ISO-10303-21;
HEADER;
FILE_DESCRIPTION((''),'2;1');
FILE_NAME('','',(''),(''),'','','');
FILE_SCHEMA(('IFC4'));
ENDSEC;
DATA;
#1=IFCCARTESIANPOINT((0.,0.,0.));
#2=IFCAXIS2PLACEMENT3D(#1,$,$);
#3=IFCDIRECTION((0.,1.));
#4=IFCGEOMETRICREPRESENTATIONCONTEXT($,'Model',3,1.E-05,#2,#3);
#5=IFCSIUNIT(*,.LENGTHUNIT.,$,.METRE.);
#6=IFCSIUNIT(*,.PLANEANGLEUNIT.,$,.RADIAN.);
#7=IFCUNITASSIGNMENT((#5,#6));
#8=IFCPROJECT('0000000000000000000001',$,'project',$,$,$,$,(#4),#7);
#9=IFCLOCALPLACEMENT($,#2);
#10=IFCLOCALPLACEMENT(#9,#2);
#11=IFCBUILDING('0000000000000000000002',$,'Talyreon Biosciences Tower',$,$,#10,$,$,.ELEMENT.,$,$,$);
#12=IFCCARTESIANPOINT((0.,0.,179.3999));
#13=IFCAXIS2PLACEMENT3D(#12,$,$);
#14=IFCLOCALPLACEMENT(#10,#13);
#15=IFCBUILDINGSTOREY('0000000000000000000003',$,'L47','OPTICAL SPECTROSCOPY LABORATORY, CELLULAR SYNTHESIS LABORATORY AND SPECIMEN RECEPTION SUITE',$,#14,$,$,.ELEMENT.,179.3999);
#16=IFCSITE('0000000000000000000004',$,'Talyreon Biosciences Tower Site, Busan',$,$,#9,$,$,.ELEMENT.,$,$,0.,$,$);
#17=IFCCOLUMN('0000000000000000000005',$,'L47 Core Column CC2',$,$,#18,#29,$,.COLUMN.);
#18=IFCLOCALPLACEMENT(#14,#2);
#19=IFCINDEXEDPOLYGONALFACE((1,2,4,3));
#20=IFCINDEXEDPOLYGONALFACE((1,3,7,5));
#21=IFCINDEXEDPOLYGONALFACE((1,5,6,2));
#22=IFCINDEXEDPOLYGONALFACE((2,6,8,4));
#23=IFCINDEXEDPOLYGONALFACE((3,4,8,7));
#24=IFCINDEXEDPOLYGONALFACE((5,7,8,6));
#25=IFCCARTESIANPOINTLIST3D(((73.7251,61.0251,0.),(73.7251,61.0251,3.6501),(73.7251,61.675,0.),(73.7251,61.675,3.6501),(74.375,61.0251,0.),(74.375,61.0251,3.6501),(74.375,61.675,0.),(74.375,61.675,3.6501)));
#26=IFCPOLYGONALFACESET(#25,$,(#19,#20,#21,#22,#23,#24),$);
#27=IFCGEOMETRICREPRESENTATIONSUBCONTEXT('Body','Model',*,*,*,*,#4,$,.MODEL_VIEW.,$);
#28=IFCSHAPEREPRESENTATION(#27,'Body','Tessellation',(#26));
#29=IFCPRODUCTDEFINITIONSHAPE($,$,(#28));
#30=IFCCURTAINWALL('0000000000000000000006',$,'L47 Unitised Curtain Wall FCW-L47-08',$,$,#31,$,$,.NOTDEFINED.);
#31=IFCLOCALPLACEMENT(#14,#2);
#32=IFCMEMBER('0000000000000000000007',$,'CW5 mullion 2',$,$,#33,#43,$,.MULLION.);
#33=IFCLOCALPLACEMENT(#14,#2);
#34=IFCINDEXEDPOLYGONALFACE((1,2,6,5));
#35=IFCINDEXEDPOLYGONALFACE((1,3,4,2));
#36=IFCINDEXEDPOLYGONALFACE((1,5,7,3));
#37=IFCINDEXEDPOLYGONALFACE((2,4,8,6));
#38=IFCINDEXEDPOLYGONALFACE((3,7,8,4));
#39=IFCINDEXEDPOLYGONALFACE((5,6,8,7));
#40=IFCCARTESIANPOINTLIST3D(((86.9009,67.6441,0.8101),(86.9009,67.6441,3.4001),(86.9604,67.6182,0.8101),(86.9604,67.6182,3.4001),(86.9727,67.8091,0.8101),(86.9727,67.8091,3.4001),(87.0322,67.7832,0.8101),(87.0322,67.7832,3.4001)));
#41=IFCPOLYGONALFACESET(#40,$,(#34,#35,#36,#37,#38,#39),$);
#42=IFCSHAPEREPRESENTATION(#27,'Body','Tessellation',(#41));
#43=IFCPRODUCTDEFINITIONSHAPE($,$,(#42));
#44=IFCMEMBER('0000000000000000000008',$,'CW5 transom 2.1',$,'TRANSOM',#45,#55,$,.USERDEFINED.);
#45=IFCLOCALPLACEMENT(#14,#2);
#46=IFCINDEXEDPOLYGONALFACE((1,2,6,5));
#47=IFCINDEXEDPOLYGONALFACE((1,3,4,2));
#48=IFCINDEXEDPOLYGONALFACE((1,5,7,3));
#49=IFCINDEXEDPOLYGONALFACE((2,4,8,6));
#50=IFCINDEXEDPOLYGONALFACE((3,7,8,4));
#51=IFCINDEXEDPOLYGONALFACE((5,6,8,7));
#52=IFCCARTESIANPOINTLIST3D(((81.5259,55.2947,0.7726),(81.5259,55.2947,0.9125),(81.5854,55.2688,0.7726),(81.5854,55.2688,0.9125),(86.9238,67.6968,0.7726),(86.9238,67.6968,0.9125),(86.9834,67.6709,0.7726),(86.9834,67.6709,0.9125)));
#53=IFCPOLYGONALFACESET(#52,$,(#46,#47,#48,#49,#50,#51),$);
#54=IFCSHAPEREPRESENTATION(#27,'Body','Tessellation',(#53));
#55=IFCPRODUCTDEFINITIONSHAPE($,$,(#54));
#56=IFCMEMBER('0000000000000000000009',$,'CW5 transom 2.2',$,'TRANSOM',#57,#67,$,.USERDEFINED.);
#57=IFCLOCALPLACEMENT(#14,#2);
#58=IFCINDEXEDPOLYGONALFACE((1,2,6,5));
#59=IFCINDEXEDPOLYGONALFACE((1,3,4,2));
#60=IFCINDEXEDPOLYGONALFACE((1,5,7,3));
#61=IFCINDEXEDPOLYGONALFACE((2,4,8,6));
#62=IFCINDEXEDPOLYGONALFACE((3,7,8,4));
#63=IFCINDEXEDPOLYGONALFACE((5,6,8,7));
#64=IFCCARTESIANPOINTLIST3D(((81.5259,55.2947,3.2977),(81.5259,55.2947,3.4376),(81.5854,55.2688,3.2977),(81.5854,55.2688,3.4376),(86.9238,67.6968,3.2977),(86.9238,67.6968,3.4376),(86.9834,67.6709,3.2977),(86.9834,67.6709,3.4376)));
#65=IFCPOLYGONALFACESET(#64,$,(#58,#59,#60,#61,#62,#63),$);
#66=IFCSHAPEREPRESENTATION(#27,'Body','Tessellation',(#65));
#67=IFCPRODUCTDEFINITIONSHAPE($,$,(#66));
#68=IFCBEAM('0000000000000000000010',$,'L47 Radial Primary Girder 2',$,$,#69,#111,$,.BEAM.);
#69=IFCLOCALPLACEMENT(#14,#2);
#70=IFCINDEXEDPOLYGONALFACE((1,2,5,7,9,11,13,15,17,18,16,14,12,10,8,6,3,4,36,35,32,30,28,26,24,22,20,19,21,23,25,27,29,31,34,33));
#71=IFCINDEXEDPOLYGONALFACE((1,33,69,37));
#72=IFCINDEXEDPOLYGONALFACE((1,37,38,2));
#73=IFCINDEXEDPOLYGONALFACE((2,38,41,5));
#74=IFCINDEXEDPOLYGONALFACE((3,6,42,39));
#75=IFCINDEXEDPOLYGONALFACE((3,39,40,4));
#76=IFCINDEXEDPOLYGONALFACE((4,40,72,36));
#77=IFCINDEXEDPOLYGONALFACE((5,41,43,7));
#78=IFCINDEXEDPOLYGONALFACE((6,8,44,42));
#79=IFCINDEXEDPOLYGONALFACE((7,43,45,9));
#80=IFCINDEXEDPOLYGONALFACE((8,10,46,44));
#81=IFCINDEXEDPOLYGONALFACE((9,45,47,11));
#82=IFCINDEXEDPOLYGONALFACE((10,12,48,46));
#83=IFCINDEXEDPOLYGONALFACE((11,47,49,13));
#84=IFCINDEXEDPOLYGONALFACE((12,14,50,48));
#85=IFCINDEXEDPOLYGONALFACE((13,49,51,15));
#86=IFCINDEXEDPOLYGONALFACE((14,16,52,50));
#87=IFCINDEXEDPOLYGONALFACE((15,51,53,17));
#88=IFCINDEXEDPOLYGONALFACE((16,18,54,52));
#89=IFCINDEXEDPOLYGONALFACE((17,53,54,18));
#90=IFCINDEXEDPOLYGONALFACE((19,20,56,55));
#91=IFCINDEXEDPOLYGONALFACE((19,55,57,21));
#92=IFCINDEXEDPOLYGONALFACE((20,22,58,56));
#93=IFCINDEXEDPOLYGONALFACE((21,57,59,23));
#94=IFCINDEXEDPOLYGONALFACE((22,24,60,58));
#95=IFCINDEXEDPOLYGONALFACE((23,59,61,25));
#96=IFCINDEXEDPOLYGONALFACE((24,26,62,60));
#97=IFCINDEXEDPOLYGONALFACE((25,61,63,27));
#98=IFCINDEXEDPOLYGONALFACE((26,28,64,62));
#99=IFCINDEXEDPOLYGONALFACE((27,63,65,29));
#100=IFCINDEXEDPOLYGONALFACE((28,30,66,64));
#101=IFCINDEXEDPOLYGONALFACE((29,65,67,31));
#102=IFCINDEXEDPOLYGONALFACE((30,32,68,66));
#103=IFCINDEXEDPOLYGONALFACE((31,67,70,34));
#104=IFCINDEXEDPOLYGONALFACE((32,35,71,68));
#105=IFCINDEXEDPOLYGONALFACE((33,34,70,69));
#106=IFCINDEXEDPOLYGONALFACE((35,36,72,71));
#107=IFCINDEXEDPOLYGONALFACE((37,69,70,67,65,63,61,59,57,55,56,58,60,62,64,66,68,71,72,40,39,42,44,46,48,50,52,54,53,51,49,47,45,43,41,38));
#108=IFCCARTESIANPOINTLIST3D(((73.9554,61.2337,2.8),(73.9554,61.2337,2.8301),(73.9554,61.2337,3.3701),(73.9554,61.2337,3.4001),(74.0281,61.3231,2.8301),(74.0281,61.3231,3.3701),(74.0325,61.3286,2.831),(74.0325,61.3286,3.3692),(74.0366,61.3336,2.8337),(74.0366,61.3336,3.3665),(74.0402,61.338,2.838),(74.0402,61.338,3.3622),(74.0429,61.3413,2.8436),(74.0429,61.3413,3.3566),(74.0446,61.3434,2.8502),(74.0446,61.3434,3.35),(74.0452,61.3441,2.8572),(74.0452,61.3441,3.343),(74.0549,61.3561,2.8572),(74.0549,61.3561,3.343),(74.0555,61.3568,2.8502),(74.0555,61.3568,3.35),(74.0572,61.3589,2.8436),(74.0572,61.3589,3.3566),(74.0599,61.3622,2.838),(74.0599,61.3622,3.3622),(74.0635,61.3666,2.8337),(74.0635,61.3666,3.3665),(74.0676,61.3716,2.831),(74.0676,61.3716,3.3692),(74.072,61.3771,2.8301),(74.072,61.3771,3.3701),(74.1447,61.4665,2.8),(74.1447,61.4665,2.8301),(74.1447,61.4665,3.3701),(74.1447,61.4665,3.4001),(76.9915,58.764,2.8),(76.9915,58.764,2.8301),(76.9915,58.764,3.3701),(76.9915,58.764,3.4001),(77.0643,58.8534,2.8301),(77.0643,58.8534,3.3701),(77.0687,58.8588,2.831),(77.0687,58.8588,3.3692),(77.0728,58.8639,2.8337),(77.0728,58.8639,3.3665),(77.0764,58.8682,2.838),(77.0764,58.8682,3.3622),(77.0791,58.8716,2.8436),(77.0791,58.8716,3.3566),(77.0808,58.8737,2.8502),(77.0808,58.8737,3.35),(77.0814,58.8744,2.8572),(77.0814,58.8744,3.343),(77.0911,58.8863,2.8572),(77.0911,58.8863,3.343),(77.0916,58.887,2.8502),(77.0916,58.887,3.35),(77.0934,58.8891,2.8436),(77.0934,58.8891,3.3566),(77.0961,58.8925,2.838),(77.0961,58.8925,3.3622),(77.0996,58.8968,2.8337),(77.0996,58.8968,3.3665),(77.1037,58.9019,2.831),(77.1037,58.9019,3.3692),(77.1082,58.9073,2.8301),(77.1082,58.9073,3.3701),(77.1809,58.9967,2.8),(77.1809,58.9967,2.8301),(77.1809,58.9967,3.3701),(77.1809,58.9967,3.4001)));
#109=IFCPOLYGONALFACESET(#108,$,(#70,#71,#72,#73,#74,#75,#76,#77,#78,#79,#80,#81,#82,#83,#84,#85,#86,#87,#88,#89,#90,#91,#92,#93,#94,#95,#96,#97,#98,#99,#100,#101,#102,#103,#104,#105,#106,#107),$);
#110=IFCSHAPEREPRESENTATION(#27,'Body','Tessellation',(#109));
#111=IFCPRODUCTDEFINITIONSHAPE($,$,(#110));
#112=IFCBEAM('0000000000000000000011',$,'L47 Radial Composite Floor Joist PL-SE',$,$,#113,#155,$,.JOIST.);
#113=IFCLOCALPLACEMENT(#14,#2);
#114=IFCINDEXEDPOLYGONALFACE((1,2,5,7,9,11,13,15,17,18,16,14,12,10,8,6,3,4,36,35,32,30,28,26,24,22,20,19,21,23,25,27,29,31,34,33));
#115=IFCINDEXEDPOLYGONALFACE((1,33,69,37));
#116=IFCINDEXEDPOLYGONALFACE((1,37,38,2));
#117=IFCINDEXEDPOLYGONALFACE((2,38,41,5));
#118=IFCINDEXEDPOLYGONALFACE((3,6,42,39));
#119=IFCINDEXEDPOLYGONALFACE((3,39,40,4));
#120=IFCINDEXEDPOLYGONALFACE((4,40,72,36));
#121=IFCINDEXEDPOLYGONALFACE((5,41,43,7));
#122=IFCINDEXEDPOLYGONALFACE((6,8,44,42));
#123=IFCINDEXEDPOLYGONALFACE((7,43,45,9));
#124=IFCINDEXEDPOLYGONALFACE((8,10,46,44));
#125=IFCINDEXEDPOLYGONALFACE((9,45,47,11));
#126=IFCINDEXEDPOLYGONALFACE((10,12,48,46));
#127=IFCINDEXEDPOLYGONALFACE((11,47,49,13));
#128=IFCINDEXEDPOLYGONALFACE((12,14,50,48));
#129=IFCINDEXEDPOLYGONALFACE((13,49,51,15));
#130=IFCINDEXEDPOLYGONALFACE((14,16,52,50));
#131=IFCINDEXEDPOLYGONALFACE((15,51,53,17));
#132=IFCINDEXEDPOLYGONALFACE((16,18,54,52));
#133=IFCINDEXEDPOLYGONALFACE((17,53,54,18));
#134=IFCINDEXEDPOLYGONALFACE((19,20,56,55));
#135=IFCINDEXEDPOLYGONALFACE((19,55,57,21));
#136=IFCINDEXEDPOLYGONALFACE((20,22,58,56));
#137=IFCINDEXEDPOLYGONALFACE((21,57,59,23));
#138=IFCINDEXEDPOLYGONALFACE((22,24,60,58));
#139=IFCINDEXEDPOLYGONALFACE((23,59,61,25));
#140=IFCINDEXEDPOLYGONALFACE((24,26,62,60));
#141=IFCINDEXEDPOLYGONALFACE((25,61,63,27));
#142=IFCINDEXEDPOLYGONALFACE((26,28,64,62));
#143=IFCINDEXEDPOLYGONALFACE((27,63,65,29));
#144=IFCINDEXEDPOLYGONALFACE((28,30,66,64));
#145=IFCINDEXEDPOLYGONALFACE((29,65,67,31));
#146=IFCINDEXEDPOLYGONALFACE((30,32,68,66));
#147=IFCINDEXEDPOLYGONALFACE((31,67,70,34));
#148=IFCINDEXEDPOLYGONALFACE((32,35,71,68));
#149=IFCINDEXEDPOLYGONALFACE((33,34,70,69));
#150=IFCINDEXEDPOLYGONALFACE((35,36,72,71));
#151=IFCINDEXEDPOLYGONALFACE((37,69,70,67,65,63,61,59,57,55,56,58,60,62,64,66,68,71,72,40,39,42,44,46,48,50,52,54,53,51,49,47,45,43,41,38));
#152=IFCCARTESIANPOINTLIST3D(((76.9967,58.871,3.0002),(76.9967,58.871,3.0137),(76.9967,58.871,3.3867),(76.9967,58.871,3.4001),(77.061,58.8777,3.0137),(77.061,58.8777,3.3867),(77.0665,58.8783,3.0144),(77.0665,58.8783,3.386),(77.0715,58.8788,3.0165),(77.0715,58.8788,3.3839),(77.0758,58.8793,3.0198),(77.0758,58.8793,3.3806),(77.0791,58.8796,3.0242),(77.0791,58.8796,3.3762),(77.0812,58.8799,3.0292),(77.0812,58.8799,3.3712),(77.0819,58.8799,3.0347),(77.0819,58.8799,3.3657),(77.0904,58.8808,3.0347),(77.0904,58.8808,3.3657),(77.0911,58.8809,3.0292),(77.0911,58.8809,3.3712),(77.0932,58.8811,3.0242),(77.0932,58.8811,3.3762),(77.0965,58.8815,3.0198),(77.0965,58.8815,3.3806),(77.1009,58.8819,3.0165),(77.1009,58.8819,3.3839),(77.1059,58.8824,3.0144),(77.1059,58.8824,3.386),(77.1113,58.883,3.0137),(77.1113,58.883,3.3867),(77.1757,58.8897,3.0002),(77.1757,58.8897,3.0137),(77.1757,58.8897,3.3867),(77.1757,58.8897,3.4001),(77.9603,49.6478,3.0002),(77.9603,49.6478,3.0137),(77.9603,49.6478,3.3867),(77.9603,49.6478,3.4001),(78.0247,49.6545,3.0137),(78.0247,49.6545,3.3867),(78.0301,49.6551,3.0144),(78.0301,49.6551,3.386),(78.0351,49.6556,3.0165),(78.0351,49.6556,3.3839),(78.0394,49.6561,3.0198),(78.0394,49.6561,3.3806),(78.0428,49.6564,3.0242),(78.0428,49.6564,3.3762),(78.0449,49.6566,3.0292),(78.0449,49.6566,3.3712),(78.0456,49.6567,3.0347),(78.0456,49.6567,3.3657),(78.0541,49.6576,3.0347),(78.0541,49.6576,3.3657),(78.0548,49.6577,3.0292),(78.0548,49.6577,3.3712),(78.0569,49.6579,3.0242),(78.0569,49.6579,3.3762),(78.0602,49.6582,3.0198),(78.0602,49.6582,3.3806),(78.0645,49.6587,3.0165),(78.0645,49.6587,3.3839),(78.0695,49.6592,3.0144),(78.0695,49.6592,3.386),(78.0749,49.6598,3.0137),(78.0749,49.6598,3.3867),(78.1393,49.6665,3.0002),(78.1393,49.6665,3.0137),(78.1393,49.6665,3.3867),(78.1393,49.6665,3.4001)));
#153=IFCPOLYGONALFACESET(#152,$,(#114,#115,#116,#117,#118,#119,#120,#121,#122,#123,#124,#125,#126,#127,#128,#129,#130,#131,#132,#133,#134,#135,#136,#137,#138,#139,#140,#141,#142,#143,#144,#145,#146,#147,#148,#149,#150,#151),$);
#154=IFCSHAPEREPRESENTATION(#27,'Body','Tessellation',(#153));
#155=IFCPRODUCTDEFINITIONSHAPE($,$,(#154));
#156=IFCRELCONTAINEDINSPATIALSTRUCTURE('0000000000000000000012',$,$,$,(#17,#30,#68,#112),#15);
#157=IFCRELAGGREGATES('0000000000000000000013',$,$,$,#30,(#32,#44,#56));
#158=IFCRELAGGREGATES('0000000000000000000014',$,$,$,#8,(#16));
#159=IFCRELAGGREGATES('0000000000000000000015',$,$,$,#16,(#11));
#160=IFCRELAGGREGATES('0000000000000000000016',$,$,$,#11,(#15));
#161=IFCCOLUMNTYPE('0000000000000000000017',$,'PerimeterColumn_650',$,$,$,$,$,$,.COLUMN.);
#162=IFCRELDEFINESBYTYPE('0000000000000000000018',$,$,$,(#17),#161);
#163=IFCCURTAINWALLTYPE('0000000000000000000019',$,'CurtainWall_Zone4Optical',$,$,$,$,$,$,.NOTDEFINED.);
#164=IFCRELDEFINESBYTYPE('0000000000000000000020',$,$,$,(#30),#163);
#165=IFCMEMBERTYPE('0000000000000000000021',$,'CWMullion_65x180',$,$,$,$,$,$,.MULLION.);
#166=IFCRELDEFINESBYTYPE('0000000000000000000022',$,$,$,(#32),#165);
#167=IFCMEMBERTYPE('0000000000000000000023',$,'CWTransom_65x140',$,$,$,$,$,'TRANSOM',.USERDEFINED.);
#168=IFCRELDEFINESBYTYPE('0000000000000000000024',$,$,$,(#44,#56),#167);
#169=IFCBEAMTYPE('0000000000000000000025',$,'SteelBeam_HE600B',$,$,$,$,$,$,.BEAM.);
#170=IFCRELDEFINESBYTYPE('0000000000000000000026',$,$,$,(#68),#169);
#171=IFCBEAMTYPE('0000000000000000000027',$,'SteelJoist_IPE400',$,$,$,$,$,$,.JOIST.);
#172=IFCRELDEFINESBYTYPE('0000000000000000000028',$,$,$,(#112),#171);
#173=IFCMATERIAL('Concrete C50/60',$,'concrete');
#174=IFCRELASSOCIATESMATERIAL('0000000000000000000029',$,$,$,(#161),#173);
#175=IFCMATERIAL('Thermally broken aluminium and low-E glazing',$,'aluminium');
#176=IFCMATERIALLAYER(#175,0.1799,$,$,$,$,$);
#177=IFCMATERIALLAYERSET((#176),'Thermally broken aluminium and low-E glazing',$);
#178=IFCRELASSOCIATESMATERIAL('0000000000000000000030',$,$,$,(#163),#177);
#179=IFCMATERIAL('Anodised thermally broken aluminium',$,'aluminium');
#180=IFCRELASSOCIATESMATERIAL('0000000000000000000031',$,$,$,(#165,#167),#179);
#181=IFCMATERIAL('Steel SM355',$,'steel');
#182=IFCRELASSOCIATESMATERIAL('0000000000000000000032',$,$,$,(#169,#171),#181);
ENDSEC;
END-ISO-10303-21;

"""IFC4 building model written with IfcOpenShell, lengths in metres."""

from ifc_helpers import new_model, si_unit, direction, frame, origin, origin_2d, place, context, subcontext, project, spatial, rectangle, i_section, extrude, material, layer, layer_set, material_profile, profile_set, type_object, element, aggregate, save


model = new_model("IFC4")

# Units and contexts
model_context = context("Model", 3, precision=1e-05, world=origin(), true_north=direction((0.0, 1.0)))
body_context = subcontext(model_context, "Body", "Model", "MODEL_VIEW")
ifc_project = project(units=[si_unit("LENGTHUNIT", "METRE"), si_unit("PLANEANGLEUNIT", "RADIAN")], contexts=[model_context])

# Site, building, storey
site_placement = place(None, origin())
site = spatial("IfcSite", under=ifc_project, at=site_placement, Name="Talyreon Biosciences Tower Site, Busan", CompositionType="ELEMENT", RefElevation=0.0)
building_placement = place(site_placement, origin())
building = spatial("IfcBuilding", under=site, at=building_placement, Name="Talyreon Biosciences Tower", CompositionType="ELEMENT")
storey_placement = place(building_placement, frame((0.0, 0.0, 179.3999)))
storey = spatial("IfcBuildingStorey", under=building, at=storey_placement, Name="L47", Description="OPTICAL SPECTROSCOPY LABORATORY, CELLULAR SYNTHESIS LABORATORY AND SPECIMEN RECEPTION SUITE", CompositionType="ELEMENT", Elevation=179.3999)

# Column
ifc_material_1 = material(Name="Concrete C50/60", Category="concrete")
ifc_material_profile_1 = material_profile(ifc_material_1, rectangle(XDim=0.6499, YDim=0.6499, at=origin_2d()), Name="RC 650x650")
ifc_profile_set_1 = profile_set([ifc_material_profile_1], Name="Concrete C50/60")
column_type = type_object("IfcColumnType", Name="PerimeterColumn_650", PredefinedType="COLUMN", material=ifc_profile_set_1)
column_placement = place(storey_placement, frame((74.05, 61.3501, 0.0), z_axis=(0.0, 0.0, 1.0), x_axis=(1.0, 0.0, 0.0)))
element("IfcColumn", 1, at=column_placement, inside=storey, type_object=column_type, Name="L47 Core Column CC2", PredefinedType="COLUMN", context=body_context, shape_type="SweptSolid", body=[
    extrude(rectangle(XDim=0.6499, YDim=0.6499, at=origin_2d()), origin(), (0.0, 0.0, 1.0), 3.6501),
])

# Curtain wall, members
ifc_material_2 = material(Name="Thermally broken aluminium and low-E glazing", Category="aluminium")
ifc_layer_1 = layer(ifc_material_2, 0.1799)
ifc_layer_set_1 = layer_set([ifc_layer_1], Name="Thermally broken aluminium and low-E glazing")
curtain_wall_type = type_object("IfcCurtainWallType", Name="CurtainWall_Zone4Optical", PredefinedType="NOTDEFINED", material=ifc_layer_set_1)
curtain_wall_placement = place(storey_placement, origin())
curtain_wall = element("IfcCurtainWall", 2, at=curtain_wall_placement, inside=storey, type_object=curtain_wall_type, Name="L47 Unitised Curtain Wall FCW-L47-08", PredefinedType="NOTDEFINED")
ifc_material_3 = material(Name="Anodised thermally broken aluminium", Category="aluminium")
ifc_material_profile_2 = material_profile(ifc_material_3, rectangle(XDim=0.0649, YDim=0.1799, at=origin_2d()), Name="ALUM MULLION 65x180")
ifc_profile_set_2 = profile_set([ifc_material_profile_2], Name="Anodised thermally broken aluminium")
member_type_1 = type_object("IfcMemberType", Name="CWMullion_65x180", PredefinedType="MULLION", material=ifc_profile_set_2)
member_1_placement = place(storey_placement, frame((86.9666, 67.7136, 0.8101), z_axis=(0.0, 0.0, 1.0), x_axis=(0.916912, -0.399089, 0.0)))
member_1 = element("IfcMember", 3, at=member_1_placement, type_object=member_type_1, Name="CW5 mullion 2", PredefinedType="MULLION", context=body_context, shape_type="SweptSolid", body=[
    extrude(rectangle(XDim=0.0649, YDim=0.1799, at=origin_2d()), origin(), (0.0, 0.0, 1.0), 2.5901),
])
ifc_material_profile_3 = material_profile(ifc_material_3, rectangle(XDim=0.0649, YDim=0.1399, at=origin_2d()), Name="ALUM TRANSOM 65x140")
ifc_profile_set_3 = profile_set([ifc_material_profile_3], Name="Anodised thermally broken aluminium")
member_type_2 = type_object("IfcMemberType", Name="CWTransom_65x140", ElementType="TRANSOM", PredefinedType="USERDEFINED", material=ifc_profile_set_3)
member_2_placement = place(storey_placement, frame((86.9536, 67.6838, 0.8425), z_axis=(-0.399082, -0.916915, 0.0), x_axis=(0.916915, -0.399082, 0.0)))
member_2 = element("IfcMember", 4, at=member_2_placement, type_object=member_type_2, Name="CW5 transom 2.1", ObjectType="TRANSOM", PredefinedType="USERDEFINED", context=body_context, shape_type="SweptSolid", body=[
    extrude(rectangle(XDim=0.0649, YDim=0.1399, at=origin_2d()), origin(), (0.0, 0.0, 1.0), 13.5259),
])
member_3_placement = place(storey_placement, frame((86.9536, 67.6838, 3.3677), z_axis=(-0.399082, -0.916915, 0.0), x_axis=(0.916915, -0.399082, 0.0)))
member_3 = element("IfcMember", 5, at=member_3_placement, type_object=member_type_2, Name="CW5 transom 2.2", ObjectType="TRANSOM", PredefinedType="USERDEFINED", context=body_context, shape_type="SweptSolid", body=[
    extrude(rectangle(XDim=0.0649, YDim=0.1399, at=origin_2d()), origin(), (0.0, 0.0, 1.0), 13.5259),
])

# Beams
ifc_material_4 = material(Name="Steel SM355", Category="steel")
ifc_material_profile_4 = material_profile(ifc_material_4, i_section(OverallWidth=0.3, OverallDepth=0.6001, WebThickness=0.0154, FlangeThickness=0.03, FilletRadius=0.0271, at=origin_2d()), Name="HE600B")
ifc_profile_set_4 = profile_set([ifc_material_profile_4], Name="Steel SM355")
beam_type_1 = type_object("IfcBeamType", Name="SteelBeam_HE600B", PredefinedType="BEAM", material=ifc_profile_set_4)
beam_1_placement = place(storey_placement, frame((74.05, 61.3501, 3.1001), z_axis=(0.775755, -0.631034, 0.0), x_axis=(0.631034, 0.775755, 0.0)))
element("IfcBeam", 6, at=beam_1_placement, inside=storey, type_object=beam_type_1, Name="L47 Radial Primary Girder 2", PredefinedType="BEAM", context=body_context, shape_type="SweptSolid", body=[
    extrude(i_section(OverallWidth=0.3, OverallDepth=0.6001, WebThickness=0.0154, FlangeThickness=0.03, FilletRadius=0.0271, at=origin_2d()), origin(), (0.0, 0.0, 1.0), 3.9138),
])
ifc_material_profile_5 = material_profile(ifc_material_4, i_section(OverallWidth=0.1799, OverallDepth=0.3999, WebThickness=0.0085, FlangeThickness=0.0134, FilletRadius=0.021, at=origin_2d()), Name="IPE400")
ifc_profile_set_5 = profile_set([ifc_material_profile_5], Name="Steel SM355")
beam_type_2 = type_object("IfcBeamType", Name="SteelJoist_IPE400", PredefinedType="JOIST", material=ifc_profile_set_5)
beam_2_placement = place(storey_placement, frame((77.0862, 58.8804, 3.2002), z_axis=(0.103913, -0.994586, 0.0), x_axis=(0.994586, 0.103913, 0.0)))
element("IfcBeam", 7, at=beam_2_placement, inside=storey, type_object=beam_type_2, Name="L47 Radial Composite Floor Joist PL-SE", PredefinedType="JOIST", context=body_context, shape_type="SweptSolid", body=[
    extrude(i_section(OverallWidth=0.1799, OverallDepth=0.3999, WebThickness=0.0085, FlangeThickness=0.0134, FilletRadius=0.021, at=origin_2d()), origin(), (0.0, 0.0, 1.0), 9.2734),
])

aggregate(curtain_wall, [member_1, member_2, member_3])

save(model, "model.ifc")
